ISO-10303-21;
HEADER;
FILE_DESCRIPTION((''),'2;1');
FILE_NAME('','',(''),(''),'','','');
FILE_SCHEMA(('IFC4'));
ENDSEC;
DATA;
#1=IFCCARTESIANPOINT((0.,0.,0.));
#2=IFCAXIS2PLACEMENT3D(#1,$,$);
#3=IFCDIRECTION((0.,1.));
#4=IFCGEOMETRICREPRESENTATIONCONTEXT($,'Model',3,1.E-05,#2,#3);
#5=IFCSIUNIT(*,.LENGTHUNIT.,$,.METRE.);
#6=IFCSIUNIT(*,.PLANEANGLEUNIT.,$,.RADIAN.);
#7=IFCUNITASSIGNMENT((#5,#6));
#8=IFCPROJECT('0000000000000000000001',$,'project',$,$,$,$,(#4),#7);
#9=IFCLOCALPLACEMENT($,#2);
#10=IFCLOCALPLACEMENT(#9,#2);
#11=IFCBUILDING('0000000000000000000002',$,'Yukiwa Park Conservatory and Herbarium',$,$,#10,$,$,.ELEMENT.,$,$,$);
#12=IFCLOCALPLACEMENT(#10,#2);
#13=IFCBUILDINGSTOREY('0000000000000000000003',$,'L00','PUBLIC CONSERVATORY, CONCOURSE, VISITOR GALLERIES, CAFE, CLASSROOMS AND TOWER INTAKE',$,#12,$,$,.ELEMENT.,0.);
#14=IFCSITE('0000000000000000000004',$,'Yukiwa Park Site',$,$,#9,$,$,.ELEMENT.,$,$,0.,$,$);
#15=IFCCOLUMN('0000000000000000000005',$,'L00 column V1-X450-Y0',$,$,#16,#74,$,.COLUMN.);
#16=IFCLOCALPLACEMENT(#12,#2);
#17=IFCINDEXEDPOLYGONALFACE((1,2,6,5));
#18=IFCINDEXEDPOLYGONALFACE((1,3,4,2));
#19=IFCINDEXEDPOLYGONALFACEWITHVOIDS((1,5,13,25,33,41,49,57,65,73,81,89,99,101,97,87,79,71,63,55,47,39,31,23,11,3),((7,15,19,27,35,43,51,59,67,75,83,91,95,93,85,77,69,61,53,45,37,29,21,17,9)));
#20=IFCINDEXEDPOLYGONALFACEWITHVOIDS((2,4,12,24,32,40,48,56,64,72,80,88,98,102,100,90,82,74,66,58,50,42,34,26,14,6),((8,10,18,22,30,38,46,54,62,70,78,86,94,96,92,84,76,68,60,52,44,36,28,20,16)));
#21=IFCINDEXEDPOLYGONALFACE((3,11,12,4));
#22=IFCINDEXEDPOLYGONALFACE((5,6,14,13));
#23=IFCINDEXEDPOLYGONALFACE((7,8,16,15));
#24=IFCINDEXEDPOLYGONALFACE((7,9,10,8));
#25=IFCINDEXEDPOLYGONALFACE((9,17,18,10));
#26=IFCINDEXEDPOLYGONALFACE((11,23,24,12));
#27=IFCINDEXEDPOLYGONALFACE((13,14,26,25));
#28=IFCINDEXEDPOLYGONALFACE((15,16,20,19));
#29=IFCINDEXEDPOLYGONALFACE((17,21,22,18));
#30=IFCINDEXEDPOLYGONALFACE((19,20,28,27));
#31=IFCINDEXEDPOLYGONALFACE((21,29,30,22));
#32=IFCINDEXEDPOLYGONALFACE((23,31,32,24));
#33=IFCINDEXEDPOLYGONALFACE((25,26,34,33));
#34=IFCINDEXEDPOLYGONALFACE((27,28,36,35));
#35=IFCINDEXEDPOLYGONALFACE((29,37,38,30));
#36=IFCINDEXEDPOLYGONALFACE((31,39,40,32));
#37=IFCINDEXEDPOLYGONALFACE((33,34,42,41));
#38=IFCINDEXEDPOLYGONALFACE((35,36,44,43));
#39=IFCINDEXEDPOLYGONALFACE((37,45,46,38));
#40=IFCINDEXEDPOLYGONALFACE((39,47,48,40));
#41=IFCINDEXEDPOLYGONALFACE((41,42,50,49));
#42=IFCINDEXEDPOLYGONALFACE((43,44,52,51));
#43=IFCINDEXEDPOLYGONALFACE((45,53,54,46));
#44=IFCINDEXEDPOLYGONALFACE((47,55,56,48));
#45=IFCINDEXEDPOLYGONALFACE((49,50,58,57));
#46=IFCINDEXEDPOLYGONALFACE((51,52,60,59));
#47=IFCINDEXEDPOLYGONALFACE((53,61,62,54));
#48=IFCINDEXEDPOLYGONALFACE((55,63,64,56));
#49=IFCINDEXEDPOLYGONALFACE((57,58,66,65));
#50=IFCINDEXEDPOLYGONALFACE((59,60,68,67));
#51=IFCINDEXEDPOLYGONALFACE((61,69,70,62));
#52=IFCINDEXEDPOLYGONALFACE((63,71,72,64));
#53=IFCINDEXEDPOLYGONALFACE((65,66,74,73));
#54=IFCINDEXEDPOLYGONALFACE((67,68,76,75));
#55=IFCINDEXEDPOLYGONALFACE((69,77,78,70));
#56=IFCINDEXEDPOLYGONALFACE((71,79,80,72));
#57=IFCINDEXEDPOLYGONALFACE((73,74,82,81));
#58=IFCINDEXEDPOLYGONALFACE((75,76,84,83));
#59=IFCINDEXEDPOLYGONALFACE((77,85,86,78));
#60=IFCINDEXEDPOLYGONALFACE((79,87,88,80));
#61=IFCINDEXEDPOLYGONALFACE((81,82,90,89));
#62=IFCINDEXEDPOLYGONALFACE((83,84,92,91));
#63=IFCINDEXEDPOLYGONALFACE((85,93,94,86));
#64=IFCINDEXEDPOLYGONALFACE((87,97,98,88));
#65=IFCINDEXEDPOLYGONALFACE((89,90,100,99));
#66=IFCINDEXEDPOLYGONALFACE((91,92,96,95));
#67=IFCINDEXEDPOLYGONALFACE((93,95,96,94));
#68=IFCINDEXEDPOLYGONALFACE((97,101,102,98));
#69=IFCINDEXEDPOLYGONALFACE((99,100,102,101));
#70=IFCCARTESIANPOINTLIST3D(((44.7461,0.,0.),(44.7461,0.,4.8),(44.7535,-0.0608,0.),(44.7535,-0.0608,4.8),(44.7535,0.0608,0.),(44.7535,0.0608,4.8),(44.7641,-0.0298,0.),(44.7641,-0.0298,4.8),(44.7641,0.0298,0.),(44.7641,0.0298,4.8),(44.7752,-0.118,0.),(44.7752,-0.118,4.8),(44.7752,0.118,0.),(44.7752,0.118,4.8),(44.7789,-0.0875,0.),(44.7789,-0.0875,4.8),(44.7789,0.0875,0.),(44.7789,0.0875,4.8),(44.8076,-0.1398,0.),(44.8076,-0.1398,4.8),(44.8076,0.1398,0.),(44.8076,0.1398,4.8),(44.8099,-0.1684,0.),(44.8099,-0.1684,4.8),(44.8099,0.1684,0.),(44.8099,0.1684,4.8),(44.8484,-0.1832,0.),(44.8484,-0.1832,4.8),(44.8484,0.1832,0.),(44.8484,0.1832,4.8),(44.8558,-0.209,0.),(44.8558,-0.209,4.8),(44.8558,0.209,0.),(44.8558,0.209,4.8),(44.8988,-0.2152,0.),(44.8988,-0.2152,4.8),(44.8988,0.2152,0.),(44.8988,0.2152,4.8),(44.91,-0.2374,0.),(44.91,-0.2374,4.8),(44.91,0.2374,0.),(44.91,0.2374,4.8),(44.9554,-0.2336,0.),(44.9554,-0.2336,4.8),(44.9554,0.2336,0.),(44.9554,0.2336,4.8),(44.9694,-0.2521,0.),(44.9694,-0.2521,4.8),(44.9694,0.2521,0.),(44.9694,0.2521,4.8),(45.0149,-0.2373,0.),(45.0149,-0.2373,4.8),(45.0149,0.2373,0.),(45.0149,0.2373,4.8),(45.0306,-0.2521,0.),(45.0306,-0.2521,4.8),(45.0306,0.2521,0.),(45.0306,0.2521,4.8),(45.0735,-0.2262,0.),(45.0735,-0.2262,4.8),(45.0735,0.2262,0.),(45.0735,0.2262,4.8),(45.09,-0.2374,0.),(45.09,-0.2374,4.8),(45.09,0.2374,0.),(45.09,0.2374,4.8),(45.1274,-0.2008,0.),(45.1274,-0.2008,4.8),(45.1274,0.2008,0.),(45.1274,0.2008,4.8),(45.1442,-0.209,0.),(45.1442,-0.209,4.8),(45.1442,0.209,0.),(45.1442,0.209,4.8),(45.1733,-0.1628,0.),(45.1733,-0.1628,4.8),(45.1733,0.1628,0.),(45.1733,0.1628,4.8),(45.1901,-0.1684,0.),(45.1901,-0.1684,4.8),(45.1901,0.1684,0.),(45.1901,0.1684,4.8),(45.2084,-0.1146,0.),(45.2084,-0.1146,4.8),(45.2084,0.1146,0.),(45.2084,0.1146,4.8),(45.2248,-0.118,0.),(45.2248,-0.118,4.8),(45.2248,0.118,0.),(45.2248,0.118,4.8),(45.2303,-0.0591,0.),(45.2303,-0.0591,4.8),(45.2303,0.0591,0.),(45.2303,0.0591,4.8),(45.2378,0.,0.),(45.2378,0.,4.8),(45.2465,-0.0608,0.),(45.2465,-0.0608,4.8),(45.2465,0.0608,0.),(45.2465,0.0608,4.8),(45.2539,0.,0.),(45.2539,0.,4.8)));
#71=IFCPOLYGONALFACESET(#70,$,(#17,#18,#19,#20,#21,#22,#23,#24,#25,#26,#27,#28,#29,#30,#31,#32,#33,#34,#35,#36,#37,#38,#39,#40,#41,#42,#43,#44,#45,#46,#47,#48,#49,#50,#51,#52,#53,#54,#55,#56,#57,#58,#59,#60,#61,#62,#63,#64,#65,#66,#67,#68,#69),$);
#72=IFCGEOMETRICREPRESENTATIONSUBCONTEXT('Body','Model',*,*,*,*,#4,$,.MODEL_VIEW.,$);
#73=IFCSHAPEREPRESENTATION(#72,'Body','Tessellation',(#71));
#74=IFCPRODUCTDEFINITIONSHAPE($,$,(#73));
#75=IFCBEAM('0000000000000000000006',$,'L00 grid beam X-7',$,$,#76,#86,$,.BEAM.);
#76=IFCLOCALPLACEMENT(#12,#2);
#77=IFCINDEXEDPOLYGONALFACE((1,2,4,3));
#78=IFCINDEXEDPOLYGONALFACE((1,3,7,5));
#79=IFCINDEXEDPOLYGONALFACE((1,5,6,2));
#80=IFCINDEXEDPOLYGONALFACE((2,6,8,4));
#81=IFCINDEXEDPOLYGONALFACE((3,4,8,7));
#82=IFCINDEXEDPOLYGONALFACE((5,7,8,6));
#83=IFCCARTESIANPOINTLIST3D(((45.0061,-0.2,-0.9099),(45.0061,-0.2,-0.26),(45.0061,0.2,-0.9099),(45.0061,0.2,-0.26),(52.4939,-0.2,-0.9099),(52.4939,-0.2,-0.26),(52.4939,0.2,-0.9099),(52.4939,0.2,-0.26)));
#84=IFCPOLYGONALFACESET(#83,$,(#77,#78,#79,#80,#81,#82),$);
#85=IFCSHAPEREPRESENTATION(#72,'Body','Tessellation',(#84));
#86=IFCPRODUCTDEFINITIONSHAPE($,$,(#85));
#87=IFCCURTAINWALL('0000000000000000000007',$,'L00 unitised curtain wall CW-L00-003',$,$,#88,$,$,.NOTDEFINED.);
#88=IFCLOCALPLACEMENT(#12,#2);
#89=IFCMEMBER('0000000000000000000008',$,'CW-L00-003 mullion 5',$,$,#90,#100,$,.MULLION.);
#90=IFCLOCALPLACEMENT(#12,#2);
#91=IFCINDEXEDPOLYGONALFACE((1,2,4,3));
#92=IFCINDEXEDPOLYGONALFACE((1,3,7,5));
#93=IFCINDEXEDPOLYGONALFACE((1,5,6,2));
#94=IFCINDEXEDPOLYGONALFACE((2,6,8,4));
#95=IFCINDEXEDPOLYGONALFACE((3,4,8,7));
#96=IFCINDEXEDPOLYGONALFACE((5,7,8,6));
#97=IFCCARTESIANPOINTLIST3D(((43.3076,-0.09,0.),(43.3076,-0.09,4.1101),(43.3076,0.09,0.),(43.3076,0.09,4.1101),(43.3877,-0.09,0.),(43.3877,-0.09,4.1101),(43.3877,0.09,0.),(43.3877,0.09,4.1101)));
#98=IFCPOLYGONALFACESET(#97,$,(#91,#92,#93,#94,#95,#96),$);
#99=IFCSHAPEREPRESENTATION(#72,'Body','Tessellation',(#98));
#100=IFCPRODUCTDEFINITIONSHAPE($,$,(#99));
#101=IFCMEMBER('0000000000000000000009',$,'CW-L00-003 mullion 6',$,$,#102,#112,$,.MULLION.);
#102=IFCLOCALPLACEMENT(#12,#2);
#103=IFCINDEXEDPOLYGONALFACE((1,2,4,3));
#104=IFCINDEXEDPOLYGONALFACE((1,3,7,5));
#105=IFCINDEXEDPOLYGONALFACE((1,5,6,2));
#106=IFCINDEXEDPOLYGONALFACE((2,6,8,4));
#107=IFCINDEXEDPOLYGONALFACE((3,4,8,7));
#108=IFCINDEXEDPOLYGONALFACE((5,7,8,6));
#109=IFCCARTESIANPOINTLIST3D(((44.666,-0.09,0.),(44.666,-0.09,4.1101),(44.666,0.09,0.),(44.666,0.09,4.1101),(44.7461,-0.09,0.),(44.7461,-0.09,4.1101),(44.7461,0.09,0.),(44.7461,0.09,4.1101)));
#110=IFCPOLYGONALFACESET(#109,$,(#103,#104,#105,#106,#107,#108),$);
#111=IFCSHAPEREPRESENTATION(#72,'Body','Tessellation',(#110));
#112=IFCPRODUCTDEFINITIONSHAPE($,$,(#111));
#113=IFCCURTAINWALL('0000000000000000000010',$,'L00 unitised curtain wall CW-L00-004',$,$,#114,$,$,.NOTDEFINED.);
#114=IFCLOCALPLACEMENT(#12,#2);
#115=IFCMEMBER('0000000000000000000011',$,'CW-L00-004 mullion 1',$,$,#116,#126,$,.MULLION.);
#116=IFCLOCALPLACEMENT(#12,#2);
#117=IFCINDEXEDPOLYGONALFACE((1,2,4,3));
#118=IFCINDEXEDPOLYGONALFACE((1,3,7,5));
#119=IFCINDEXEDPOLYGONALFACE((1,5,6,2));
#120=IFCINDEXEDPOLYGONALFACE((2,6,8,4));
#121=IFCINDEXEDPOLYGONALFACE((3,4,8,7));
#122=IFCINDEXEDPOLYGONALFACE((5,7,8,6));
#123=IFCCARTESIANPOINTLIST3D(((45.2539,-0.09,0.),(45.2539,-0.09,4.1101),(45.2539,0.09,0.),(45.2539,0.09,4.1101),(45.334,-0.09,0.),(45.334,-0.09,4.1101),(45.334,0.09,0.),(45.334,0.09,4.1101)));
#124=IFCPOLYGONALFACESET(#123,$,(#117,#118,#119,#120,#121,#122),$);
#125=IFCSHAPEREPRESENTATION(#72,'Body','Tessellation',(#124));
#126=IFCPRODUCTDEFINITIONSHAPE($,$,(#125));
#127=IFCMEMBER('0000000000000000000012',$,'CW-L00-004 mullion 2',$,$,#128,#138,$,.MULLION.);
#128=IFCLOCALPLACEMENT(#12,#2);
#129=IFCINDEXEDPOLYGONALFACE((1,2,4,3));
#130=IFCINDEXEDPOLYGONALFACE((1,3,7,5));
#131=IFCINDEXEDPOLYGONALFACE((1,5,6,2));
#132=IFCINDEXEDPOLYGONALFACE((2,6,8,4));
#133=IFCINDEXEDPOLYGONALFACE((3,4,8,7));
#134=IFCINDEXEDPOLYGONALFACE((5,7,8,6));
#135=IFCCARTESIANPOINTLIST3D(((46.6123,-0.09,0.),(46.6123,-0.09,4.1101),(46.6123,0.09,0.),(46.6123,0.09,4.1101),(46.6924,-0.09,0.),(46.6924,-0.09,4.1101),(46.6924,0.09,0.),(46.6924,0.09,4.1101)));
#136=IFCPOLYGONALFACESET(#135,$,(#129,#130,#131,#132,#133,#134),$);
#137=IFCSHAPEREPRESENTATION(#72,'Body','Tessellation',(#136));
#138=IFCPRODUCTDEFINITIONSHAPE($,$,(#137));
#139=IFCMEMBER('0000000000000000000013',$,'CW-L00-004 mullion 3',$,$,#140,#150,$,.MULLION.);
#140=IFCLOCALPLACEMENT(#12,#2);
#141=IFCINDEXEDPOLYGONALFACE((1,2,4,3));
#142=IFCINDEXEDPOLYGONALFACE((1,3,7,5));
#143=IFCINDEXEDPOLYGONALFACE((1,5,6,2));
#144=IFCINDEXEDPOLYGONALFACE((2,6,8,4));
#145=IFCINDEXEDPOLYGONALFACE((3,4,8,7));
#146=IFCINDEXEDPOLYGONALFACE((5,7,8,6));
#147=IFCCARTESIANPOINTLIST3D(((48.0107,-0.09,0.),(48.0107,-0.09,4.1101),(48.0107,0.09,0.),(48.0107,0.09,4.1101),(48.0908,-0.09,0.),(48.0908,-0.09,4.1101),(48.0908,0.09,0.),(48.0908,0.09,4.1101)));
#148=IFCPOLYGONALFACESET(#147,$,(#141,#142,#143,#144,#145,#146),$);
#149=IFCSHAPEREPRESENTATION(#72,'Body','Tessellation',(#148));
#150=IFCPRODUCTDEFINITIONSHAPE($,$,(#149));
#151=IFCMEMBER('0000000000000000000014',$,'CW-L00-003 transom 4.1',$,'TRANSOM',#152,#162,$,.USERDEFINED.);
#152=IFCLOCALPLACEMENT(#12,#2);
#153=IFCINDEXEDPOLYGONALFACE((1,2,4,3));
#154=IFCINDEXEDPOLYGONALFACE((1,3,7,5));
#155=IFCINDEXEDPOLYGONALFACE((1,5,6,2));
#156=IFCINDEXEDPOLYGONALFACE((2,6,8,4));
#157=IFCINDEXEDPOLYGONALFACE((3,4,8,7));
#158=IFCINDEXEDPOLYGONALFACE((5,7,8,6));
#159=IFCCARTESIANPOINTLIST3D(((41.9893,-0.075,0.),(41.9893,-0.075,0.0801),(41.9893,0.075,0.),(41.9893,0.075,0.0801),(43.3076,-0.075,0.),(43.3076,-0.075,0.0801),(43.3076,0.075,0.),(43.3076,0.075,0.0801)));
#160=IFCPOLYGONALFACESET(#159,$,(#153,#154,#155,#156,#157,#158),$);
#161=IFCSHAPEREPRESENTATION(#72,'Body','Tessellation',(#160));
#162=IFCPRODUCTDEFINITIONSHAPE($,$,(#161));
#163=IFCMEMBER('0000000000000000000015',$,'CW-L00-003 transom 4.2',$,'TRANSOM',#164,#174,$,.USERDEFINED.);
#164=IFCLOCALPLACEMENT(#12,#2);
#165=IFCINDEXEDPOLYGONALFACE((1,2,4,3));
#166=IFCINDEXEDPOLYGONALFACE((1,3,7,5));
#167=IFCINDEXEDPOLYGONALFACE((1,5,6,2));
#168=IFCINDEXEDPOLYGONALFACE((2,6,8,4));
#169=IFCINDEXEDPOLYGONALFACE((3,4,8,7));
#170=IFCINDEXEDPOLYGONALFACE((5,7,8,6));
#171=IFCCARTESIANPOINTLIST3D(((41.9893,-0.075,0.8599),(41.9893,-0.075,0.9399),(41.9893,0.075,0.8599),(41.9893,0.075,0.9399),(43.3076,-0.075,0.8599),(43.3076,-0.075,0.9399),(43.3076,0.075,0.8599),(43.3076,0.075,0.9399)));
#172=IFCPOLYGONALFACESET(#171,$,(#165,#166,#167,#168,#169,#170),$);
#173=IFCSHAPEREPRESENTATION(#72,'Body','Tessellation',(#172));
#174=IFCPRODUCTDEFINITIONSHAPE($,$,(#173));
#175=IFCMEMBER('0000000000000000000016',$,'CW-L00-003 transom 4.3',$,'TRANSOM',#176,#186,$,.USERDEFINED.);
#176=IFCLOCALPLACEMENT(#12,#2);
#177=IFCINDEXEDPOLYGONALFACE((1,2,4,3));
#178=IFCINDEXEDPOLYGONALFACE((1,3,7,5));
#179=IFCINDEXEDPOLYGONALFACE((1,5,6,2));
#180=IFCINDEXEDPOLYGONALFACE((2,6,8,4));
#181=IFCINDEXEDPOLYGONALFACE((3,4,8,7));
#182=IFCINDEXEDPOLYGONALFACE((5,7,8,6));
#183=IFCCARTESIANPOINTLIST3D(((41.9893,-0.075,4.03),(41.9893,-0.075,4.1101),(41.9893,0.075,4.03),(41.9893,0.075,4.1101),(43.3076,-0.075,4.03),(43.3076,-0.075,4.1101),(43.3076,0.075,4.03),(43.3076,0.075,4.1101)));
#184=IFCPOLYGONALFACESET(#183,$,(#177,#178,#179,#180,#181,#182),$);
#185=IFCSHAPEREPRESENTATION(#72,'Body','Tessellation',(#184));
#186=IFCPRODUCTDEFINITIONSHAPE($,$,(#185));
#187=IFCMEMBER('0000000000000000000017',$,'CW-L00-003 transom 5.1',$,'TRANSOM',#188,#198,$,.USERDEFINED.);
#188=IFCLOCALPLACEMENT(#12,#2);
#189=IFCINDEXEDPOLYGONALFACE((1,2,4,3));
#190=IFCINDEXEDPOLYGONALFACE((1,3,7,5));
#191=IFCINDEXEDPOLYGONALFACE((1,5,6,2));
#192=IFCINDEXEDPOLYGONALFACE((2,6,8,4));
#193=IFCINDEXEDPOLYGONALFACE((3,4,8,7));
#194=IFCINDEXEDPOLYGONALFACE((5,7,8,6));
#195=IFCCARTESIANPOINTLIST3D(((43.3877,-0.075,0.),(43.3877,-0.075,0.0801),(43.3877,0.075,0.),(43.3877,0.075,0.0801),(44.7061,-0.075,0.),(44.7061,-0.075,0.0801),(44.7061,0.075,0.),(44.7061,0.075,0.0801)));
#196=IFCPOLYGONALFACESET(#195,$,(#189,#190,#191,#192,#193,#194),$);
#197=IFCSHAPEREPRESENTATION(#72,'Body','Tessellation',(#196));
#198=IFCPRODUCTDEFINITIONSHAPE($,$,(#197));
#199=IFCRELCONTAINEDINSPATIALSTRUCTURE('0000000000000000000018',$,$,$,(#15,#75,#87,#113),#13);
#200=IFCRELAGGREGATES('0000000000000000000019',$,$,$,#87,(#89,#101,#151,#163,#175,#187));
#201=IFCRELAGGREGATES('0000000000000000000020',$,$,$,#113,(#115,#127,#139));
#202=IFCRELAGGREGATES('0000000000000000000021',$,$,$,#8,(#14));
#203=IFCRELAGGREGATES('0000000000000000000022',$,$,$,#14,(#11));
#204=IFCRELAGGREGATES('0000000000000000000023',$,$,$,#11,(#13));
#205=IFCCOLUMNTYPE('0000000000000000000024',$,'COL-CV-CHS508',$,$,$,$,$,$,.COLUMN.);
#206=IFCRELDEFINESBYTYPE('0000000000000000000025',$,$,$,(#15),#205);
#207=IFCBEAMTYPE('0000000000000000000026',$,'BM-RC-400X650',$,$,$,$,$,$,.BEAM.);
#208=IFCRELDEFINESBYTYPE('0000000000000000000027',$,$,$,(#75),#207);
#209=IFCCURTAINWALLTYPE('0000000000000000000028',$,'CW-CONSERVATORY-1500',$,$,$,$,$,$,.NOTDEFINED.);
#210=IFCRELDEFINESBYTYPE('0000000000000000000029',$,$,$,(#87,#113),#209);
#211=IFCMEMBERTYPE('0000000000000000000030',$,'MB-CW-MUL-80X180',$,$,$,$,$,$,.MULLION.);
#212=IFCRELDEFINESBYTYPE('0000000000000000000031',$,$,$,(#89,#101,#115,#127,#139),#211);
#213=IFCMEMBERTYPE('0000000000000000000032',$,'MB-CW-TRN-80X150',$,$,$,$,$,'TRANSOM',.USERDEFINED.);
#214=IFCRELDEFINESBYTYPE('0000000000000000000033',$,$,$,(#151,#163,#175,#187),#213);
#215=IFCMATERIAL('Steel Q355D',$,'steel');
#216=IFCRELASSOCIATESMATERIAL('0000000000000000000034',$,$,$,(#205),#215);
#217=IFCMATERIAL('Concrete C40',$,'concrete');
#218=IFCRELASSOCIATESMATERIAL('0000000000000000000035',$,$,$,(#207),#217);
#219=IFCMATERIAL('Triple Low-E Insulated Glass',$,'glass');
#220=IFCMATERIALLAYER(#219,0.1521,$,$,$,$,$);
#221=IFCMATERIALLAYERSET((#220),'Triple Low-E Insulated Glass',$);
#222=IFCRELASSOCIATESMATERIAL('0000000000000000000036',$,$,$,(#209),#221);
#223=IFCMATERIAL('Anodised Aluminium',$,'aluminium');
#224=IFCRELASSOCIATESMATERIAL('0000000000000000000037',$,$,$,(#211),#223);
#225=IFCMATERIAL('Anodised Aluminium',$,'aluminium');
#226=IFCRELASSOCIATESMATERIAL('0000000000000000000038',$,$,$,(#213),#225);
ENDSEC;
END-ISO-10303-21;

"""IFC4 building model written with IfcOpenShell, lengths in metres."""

from ifc_helpers import new_model, si_unit, direction, frame, origin, origin_2d, place, context, subcontext, project, spatial, rectangle, hollow_circle, extrude, material, layer, layer_set, material_profile, profile_set, type_object, element, aggregate, save


model = new_model("IFC4")

# Units and contexts
model_context = context("Model", 3, precision=1e-05, world=origin(), true_north=direction((0.0, 1.0)))
body_context = subcontext(model_context, "Body", "Model", "MODEL_VIEW")
ifc_project = project(units=[si_unit("LENGTHUNIT", "METRE"), si_unit("PLANEANGLEUNIT", "RADIAN")], contexts=[model_context])

# Site, building, storey
site_placement = place(None, origin())
site = spatial("IfcSite", under=ifc_project, at=site_placement, Name="Yukiwa Park Site", CompositionType="ELEMENT", RefElevation=0.0)
building_placement = place(site_placement, origin())
building = spatial("IfcBuilding", under=site, at=building_placement, Name="Yukiwa Park Conservatory and Herbarium", CompositionType="ELEMENT")
storey_placement = place(building_placement, origin())
storey = spatial("IfcBuildingStorey", under=building, at=storey_placement, Name="L00", Description="PUBLIC CONSERVATORY, CONCOURSE, VISITOR GALLERIES, CAFE, CLASSROOMS AND TOWER INTAKE", CompositionType="ELEMENT", Elevation=0.0)

# Column
ifc_material_1 = material(Name="Steel Q355D", Category="steel")
ifc_material_profile_1 = material_profile(ifc_material_1, hollow_circle(Radius=0.2539, WallThickness=0.0161, at=origin_2d()), Name="CHS 508x16")
ifc_profile_set_1 = profile_set([ifc_material_profile_1], Name="Steel Q355D")
column_type = type_object("IfcColumnType", Name="COL-CV-CHS508", PredefinedType="COLUMN", material=ifc_profile_set_1)
column_placement = place(storey_placement, frame((45.0, 0.0, 0.0), z_axis=(0.0, 0.0, 1.0), x_axis=(1.0, 0.0, 0.0)))
element("IfcColumn", 1, at=column_placement, inside=storey, type_object=column_type, Name="L00 column V1-X450-Y0", PredefinedType="COLUMN", context=body_context, shape_type="SweptSolid", body=[
    extrude(hollow_circle(Radius=0.2539, WallThickness=0.0161, at=origin_2d()), origin(), (0.0, 0.0, 1.0), 4.8),
])

# Beam
ifc_material_2 = material(Name="Concrete C40", Category="concrete")
ifc_material_profile_2 = material_profile(ifc_material_2, rectangle(XDim=0.3999, YDim=0.6499, at=origin_2d()), Name="RC 400x650")
ifc_profile_set_2 = profile_set([ifc_material_profile_2], Name="Concrete C40")
beam_type = type_object("IfcBeamType", Name="BM-RC-400X650", PredefinedType="BEAM", material=ifc_profile_set_2)
beam_placement = place(storey_placement, frame((45.0061, 0.0, -0.585), z_axis=(1.0, 0.0, 0.0), x_axis=(0.0, 1.0, 0.0)))
element("IfcBeam", 2, at=beam_placement, inside=storey, type_object=beam_type, Name="L00 grid beam X-7", PredefinedType="BEAM", context=body_context, shape_type="SweptSolid", body=[
    extrude(rectangle(XDim=0.3999, YDim=0.6499, at=origin_2d()), origin(), (0.0, 0.0, 1.0), 7.4878),
])

# Curtain walls, members
ifc_material_3 = material(Name="Triple Low-E Insulated Glass", Category="glass")
ifc_layer_1 = layer(ifc_material_3, 0.1521)
ifc_layer_set_1 = layer_set([ifc_layer_1], Name="Triple Low-E Insulated Glass")
curtain_wall_type = type_object("IfcCurtainWallType", Name="CW-CONSERVATORY-1500", PredefinedType="NOTDEFINED", material=ifc_layer_set_1)
curtain_wall_1_placement = place(storey_placement, origin())
curtain_wall_1 = element("IfcCurtainWall", 3, at=curtain_wall_1_placement, inside=storey, type_object=curtain_wall_type, Name="L00 unitised curtain wall CW-L00-003", PredefinedType="NOTDEFINED")
ifc_material_4 = material(Name="Anodised Aluminium", Category="aluminium")
member_type_1 = type_object("IfcMemberType", Name="MB-CW-MUL-80X180", PredefinedType="MULLION", material=ifc_material_4)
member_1_placement = place(storey_placement, frame((43.3477, 0.0, 0.0), z_axis=(0.0, 0.0, 1.0), x_axis=(1.0, 0.0, 0.0)))
member_1 = element("IfcMember", 4, at=member_1_placement, type_object=member_type_1, Name="CW-L00-003 mullion 5", PredefinedType="MULLION", context=body_context, shape_type="SweptSolid", body=[
    extrude(rectangle(XDim=0.0801, YDim=0.1799, at=origin_2d()), origin(), (0.0, 0.0, 1.0), 4.1101),
])
member_2_placement = place(storey_placement, frame((44.7061, 0.0, 0.0), z_axis=(0.0, 0.0, 1.0), x_axis=(1.0, 0.0, 0.0)))
member_2 = element("IfcMember", 5, at=member_2_placement, type_object=member_type_1, Name="CW-L00-003 mullion 6", PredefinedType="MULLION", context=body_context, shape_type="SweptSolid", body=[
    extrude(rectangle(XDim=0.0801, YDim=0.1799, at=origin_2d()), origin(), (0.0, 0.0, 1.0), 4.1101),
])
curtain_wall_2_placement = place(storey_placement, origin())
curtain_wall_2 = element("IfcCurtainWall", 6, at=curtain_wall_2_placement, inside=storey, type_object=curtain_wall_type, Name="L00 unitised curtain wall CW-L00-004", PredefinedType="NOTDEFINED")
member_3_placement = place(storey_placement, frame((45.2939, 0.0, 0.0), z_axis=(0.0, 0.0, 1.0), x_axis=(1.0, 0.0, 0.0)))
member_3 = element("IfcMember", 7, at=member_3_placement, type_object=member_type_1, Name="CW-L00-004 mullion 1", PredefinedType="MULLION", context=body_context, shape_type="SweptSolid", body=[
    extrude(rectangle(XDim=0.0801, YDim=0.1799, at=origin_2d()), origin(), (0.0, 0.0, 1.0), 4.1101),
])
member_4_placement = place(storey_placement, frame((46.6523, 0.0, 0.0), z_axis=(0.0, 0.0, 1.0), x_axis=(1.0, 0.0, 0.0)))
member_4 = element("IfcMember", 8, at=member_4_placement, type_object=member_type_1, Name="CW-L00-004 mullion 2", PredefinedType="MULLION", context=body_context, shape_type="SweptSolid", body=[
    extrude(rectangle(XDim=0.0801, YDim=0.1799, at=origin_2d()), origin(), (0.0, 0.0, 1.0), 4.1101),
])
member_5_placement = place(storey_placement, frame((48.0508, 0.0, 0.0), z_axis=(0.0, 0.0, 1.0), x_axis=(1.0, 0.0, 0.0)))
member_5 = element("IfcMember", 9, at=member_5_placement, type_object=member_type_1, Name="CW-L00-004 mullion 3", PredefinedType="MULLION", context=body_context, shape_type="SweptSolid", body=[
    extrude(rectangle(XDim=0.0801, YDim=0.1799, at=origin_2d()), origin(), (0.0, 0.0, 1.0), 4.1101),
])

# Members
ifc_material_5 = material(Name="Anodised Aluminium", Category="aluminium")
member_type_2 = type_object("IfcMemberType", Name="MB-CW-TRN-80X150", ElementType="TRANSOM", PredefinedType="USERDEFINED", material=ifc_material_5)
member_6_placement = place(storey_placement, frame((42.6484, 0.0, 0.0), z_axis=(0.0, 0.0, 1.0), x_axis=(1.0, 0.0, 0.0)))
member_6 = element("IfcMember", 10, at=member_6_placement, type_object=member_type_2, Name="CW-L00-003 transom 4.1", ObjectType="TRANSOM", PredefinedType="USERDEFINED", context=body_context, shape_type="SweptSolid", body=[
    extrude(rectangle(XDim=1.3184, YDim=0.1499, at=origin_2d()), origin(), (0.0, 0.0, 1.0), 0.0801),
])
member_7_placement = place(storey_placement, frame((42.6484, 0.0, 0.8599), z_axis=(0.0, 0.0, 1.0), x_axis=(1.0, 0.0, 0.0)))
member_7 = element("IfcMember", 11, at=member_7_placement, type_object=member_type_2, Name="CW-L00-003 transom 4.2", ObjectType="TRANSOM", PredefinedType="USERDEFINED", context=body_context, shape_type="SweptSolid", body=[
    extrude(rectangle(XDim=1.3184, YDim=0.1499, at=origin_2d()), origin(), (0.0, 0.0, 1.0), 0.0801),
])
member_8_placement = place(storey_placement, frame((42.6484, 0.0, 4.03), z_axis=(0.0, 0.0, 1.0), x_axis=(1.0, 0.0, 0.0)))
member_8 = element("IfcMember", 12, at=member_8_placement, type_object=member_type_2, Name="CW-L00-003 transom 4.3", ObjectType="TRANSOM", PredefinedType="USERDEFINED", context=body_context, shape_type="SweptSolid", body=[
    extrude(rectangle(XDim=1.3184, YDim=0.1499, at=origin_2d()), origin(), (0.0, 0.0, 1.0), 0.0801),
])
member_9_placement = place(storey_placement, frame((44.0469, 0.0, 0.0), z_axis=(0.0, 0.0, 1.0), x_axis=(1.0, 0.0, 0.0)))
member_9 = element("IfcMember", 13, at=member_9_placement, type_object=member_type_2, Name="CW-L00-003 transom 5.1", ObjectType="TRANSOM", PredefinedType="USERDEFINED", context=body_context, shape_type="SweptSolid", body=[
    extrude(rectangle(XDim=1.3184, YDim=0.1499, at=origin_2d()), origin(), (0.0, 0.0, 1.0), 0.0801),
])

aggregate(curtain_wall_1, [member_1, member_2, member_6, member_7, member_8, member_9])
aggregate(curtain_wall_2, [member_3, member_4, member_5])

save(model, "model.ifc")
